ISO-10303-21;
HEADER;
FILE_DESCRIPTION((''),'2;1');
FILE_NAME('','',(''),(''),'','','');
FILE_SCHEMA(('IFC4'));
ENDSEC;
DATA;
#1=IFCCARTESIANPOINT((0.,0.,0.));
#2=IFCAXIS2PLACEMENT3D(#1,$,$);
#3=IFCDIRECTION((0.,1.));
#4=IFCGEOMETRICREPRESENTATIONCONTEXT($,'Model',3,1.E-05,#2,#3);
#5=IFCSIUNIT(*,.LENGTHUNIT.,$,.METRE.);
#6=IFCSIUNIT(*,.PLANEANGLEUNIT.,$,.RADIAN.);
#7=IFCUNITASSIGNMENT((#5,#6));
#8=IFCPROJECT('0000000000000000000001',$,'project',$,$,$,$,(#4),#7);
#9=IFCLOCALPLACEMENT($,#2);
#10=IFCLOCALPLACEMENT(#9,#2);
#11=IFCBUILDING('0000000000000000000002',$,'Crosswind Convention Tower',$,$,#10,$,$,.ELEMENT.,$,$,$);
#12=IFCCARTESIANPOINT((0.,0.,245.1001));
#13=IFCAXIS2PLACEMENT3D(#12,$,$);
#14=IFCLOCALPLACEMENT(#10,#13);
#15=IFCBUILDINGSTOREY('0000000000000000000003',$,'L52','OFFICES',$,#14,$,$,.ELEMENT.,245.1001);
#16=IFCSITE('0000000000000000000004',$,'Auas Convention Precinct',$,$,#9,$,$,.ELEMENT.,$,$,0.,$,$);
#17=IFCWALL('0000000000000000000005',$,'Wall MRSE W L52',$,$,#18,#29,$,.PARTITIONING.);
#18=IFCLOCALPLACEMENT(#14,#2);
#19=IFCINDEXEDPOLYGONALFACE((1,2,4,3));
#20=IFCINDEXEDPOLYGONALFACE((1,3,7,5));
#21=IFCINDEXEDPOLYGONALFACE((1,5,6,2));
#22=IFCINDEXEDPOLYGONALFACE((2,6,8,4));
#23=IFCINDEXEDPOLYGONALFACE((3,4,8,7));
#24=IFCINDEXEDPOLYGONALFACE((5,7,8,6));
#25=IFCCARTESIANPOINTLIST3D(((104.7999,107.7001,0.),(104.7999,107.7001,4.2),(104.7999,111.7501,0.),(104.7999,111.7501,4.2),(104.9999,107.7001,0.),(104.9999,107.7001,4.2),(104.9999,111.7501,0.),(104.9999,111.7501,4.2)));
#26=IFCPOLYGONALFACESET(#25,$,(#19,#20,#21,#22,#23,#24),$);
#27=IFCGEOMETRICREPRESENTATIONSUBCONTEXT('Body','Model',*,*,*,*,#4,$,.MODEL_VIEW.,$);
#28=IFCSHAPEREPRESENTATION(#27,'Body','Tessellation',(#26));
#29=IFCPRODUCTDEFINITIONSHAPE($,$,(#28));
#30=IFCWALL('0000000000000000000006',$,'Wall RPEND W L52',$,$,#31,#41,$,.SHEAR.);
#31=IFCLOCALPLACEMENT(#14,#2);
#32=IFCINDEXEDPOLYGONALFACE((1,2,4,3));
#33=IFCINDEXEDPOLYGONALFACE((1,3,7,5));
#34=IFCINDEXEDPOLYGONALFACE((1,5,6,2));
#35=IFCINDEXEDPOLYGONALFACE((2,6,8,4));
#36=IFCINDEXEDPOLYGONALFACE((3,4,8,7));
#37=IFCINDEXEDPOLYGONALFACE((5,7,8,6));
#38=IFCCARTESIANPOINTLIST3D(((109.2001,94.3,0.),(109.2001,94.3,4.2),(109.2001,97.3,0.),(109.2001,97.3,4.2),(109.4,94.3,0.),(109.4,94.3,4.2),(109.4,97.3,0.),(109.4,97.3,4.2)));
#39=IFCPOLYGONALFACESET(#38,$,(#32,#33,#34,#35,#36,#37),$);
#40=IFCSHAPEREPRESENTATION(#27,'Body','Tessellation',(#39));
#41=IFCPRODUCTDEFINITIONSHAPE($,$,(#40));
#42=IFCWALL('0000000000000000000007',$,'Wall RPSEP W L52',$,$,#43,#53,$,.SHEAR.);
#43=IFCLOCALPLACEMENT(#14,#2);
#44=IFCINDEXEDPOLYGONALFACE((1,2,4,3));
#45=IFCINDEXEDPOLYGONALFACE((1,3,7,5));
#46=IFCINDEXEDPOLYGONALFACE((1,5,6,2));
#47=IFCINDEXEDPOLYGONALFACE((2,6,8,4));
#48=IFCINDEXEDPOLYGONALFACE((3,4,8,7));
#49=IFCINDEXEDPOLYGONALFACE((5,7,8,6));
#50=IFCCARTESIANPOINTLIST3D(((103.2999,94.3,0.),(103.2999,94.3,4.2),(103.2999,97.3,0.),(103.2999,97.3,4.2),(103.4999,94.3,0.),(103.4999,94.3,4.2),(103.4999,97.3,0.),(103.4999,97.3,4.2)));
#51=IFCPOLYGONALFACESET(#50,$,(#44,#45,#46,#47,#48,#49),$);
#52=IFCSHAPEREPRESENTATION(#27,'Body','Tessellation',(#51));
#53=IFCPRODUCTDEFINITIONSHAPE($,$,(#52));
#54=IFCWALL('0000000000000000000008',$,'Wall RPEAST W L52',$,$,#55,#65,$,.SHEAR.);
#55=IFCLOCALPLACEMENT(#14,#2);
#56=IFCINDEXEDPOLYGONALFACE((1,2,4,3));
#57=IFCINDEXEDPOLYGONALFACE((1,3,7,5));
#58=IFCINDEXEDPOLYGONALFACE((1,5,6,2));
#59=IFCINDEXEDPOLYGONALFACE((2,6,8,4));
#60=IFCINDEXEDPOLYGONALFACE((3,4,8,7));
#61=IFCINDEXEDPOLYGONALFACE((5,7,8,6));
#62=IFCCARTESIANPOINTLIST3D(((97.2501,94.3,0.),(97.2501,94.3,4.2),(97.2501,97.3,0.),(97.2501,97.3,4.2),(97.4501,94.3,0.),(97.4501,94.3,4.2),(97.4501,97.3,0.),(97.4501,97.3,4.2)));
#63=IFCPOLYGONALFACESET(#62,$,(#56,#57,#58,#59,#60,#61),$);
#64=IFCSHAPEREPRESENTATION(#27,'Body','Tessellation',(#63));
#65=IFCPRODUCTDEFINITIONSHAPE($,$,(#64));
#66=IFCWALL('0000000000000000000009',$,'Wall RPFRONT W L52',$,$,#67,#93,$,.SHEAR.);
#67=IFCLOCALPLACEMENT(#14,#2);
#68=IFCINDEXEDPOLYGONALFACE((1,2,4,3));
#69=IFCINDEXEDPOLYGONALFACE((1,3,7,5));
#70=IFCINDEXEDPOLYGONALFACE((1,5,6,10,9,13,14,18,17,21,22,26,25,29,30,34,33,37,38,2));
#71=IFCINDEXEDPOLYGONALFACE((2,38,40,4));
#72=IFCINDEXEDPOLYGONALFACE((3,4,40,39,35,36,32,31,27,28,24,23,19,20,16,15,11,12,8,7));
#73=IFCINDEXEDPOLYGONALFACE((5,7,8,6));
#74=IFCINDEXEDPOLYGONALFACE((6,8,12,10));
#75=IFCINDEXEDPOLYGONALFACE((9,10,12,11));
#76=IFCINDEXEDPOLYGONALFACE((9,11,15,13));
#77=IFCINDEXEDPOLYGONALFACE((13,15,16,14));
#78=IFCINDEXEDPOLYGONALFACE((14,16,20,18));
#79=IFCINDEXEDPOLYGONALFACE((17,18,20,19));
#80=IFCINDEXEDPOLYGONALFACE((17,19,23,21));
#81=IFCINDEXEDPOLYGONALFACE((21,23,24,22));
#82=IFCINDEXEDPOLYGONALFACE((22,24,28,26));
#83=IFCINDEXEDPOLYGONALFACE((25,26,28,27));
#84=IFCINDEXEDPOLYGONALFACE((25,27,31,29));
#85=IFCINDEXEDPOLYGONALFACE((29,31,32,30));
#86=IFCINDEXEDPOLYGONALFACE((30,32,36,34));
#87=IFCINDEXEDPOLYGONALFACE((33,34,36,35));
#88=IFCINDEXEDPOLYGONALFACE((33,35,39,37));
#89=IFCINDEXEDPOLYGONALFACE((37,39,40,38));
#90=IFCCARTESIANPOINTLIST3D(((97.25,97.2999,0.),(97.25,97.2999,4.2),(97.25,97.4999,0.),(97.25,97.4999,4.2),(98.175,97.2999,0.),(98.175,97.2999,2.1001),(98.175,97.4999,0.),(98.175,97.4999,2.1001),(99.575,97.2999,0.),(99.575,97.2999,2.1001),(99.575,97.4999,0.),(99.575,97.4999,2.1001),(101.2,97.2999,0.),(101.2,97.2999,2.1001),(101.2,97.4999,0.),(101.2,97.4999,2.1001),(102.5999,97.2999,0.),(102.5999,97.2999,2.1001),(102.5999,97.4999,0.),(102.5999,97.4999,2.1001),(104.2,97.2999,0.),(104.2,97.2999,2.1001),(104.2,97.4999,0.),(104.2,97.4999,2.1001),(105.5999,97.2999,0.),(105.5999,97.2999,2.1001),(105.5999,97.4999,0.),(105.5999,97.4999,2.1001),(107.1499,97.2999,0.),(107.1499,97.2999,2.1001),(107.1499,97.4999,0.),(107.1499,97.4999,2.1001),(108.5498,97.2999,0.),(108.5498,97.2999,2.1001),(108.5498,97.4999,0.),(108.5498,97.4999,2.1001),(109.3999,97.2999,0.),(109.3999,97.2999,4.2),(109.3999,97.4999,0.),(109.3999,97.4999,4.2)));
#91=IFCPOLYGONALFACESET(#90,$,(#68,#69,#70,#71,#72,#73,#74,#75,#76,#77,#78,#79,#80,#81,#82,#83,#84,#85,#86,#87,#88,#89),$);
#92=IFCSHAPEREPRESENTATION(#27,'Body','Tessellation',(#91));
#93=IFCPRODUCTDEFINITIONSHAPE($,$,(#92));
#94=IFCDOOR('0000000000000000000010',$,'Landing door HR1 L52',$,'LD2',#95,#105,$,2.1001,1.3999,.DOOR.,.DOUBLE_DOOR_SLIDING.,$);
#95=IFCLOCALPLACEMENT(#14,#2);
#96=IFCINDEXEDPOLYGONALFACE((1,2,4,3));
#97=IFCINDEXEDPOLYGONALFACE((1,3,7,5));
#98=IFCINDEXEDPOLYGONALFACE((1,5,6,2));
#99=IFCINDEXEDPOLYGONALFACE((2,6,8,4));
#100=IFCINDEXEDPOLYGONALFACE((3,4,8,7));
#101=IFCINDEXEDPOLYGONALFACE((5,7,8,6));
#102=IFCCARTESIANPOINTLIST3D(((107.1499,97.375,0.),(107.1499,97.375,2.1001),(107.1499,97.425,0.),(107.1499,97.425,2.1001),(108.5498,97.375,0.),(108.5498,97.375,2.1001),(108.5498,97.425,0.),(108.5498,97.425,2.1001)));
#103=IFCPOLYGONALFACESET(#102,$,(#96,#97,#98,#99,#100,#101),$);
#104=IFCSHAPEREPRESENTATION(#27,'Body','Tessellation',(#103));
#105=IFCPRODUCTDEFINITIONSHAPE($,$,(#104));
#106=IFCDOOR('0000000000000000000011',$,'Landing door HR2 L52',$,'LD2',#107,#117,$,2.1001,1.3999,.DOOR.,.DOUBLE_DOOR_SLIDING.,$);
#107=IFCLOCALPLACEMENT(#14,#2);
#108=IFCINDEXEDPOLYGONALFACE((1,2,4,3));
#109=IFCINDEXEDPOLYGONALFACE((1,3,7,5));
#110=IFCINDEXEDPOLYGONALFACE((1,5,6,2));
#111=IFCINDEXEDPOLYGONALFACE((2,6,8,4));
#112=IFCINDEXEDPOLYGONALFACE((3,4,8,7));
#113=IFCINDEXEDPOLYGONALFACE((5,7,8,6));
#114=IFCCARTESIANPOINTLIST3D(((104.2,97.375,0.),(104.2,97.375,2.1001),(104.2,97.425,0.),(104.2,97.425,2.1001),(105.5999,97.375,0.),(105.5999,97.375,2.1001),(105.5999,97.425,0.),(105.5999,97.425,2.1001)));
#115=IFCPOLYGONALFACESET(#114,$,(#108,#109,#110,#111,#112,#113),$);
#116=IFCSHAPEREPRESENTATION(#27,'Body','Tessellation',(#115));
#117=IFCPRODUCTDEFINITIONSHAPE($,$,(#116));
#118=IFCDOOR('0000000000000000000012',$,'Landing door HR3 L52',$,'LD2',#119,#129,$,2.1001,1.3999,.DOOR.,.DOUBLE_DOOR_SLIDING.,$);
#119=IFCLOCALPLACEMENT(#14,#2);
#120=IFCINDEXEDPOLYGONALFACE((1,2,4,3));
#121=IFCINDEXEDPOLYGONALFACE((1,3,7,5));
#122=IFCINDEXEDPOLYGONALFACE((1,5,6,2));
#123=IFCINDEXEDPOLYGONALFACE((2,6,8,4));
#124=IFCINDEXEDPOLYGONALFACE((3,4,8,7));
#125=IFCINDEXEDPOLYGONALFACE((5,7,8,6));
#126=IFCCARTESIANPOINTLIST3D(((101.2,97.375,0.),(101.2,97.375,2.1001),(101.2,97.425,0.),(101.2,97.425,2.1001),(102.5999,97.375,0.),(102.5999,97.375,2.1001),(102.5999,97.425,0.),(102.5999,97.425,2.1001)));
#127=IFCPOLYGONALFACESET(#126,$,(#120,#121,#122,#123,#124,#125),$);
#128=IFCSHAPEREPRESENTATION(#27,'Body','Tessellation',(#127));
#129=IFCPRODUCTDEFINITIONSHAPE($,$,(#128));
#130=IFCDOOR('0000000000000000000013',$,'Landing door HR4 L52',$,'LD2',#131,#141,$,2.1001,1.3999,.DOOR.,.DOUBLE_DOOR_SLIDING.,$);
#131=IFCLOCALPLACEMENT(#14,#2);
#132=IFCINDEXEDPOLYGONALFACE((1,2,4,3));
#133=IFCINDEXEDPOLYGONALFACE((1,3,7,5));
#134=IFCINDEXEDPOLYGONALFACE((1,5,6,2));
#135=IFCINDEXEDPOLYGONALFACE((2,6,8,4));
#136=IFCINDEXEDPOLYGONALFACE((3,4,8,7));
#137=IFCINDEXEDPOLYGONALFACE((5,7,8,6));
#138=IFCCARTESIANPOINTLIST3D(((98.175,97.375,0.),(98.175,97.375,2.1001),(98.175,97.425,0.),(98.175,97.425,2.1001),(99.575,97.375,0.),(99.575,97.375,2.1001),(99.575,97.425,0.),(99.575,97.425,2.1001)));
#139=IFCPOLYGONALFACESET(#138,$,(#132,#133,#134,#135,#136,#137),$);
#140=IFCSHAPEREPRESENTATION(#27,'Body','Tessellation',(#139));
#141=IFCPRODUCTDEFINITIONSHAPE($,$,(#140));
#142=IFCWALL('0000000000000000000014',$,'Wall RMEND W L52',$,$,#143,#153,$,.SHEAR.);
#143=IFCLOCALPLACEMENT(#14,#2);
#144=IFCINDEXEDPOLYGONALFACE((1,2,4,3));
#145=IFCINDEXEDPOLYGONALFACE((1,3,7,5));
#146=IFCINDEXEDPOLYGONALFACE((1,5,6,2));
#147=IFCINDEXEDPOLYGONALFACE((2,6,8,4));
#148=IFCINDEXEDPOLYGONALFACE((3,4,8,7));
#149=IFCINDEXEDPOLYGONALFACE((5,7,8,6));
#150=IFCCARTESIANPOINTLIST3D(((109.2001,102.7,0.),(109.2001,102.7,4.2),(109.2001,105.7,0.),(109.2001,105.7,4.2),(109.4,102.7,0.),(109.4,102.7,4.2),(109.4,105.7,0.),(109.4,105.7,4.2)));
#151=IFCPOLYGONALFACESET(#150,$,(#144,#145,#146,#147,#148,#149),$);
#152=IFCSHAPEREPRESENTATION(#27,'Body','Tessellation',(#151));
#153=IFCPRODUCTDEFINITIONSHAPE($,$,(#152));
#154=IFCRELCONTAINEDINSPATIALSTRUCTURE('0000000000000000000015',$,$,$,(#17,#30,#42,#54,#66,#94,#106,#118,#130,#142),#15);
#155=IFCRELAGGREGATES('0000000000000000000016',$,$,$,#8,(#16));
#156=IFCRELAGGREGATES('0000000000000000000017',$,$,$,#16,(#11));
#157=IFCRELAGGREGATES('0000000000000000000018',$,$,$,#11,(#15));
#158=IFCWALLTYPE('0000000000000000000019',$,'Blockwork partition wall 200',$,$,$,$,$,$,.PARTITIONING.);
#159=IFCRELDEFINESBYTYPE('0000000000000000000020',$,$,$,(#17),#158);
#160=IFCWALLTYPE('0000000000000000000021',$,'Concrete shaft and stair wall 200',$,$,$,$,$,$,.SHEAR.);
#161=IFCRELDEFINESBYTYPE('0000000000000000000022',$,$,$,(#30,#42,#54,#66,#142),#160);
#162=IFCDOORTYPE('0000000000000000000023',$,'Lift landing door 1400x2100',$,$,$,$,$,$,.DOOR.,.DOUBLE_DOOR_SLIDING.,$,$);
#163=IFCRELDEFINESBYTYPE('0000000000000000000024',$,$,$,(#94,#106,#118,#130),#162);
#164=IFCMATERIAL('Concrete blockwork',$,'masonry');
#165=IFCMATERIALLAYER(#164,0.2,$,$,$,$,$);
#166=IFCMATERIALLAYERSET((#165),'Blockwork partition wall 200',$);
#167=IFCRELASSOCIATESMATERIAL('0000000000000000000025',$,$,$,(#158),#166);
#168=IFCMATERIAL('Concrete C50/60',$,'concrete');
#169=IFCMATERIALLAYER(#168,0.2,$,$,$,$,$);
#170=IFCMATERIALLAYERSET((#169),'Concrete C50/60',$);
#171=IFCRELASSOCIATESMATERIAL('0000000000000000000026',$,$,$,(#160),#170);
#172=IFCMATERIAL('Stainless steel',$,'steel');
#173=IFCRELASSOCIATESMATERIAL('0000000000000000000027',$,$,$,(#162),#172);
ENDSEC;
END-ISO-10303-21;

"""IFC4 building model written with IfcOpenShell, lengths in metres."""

from ifc_helpers import new_model, si_unit, direction, frame, frame_2d, origin, place, context, subcontext, project, spatial, rectangle, extrude, material, layer, layer_set, type_object, element, fill, save


model = new_model("IFC4")

# Units and contexts
model_context = context("Model", 3, precision=1e-05, world=origin(), true_north=direction((0.0, 1.0)))
body_context = subcontext(model_context, "Body", "Model", "MODEL_VIEW")
ifc_project = project(units=[si_unit("LENGTHUNIT", "METRE"), si_unit("PLANEANGLEUNIT", "RADIAN")], contexts=[model_context])

# Site, building, storey
site_placement = place(None, origin())
site = spatial("IfcSite", under=ifc_project, at=site_placement, Name="Auas Convention Precinct", CompositionType="ELEMENT", RefElevation=0.0)
building_placement = place(site_placement, origin())
building = spatial("IfcBuilding", under=site, at=building_placement, Name="Crosswind Convention Tower", CompositionType="ELEMENT")
storey_placement = place(building_placement, frame((0.0, 0.0, 245.1001)))
storey = spatial("IfcBuildingStorey", under=building, at=storey_placement, Name="L52", Description="OFFICES", CompositionType="ELEMENT", Elevation=245.1001)

# Walls
ifc_material_1 = material(Name="Concrete blockwork", Category="masonry")
ifc_layer_1 = layer(ifc_material_1, 0.2)
ifc_layer_set_1 = layer_set([ifc_layer_1], Name="Blockwork partition wall 200")
wall_type_1 = type_object("IfcWallType", Name="Blockwork partition wall 200", PredefinedType="PARTITIONING", material=ifc_layer_set_1)
wall_1_placement = place(storey_placement, frame((104.8999, 111.75, 0.0), z_axis=(0.0, 0.0, 1.0), x_axis=(0.0, -1.0, 0.0)))
element("IfcWall", 1, at=wall_1_placement, inside=storey, type_object=wall_type_1, Name="Wall MRSE W L52", PredefinedType="PARTITIONING", context=body_context, shape_type="SweptSolid", body=[
    extrude(rectangle(XDim=4.05, YDim=0.2, at=frame_2d((2.0249, 0.0))), origin(), (0.0, 0.0, 1.0), 4.2),
])
ifc_material_2 = material(Name="Concrete C50/60", Category="concrete")
ifc_layer_2 = layer(ifc_material_2, 0.2)
ifc_layer_set_2 = layer_set([ifc_layer_2], Name="Concrete C50/60")
wall_type_2 = type_object("IfcWallType", Name="Concrete shaft and stair wall 200", PredefinedType="SHEAR", material=ifc_layer_set_2)
for number, where, z_axis, x_axis, name in (
    (2, (109.3, 97.3, 0.0), (0.0, 0.0, 1.0), (0.0, -1.0, 0.0), "Wall RPEND W L52"),
    (3, (103.3999, 97.3, 0.0), (0.0, 0.0, 1.0), (0.0, -1.0, 0.0), "Wall RPSEP W L52"),
    (4, (97.3501, 97.3, 0.0), (0.0, 0.0, 1.0), (0.0, -1.0, 0.0), "Wall RPEAST W L52"),
):
    element("IfcWall", number, at=place(storey_placement, frame(where, z_axis=z_axis, x_axis=x_axis)), inside=storey, type_object=wall_type_2, Name=name, PredefinedType="SHEAR", context=body_context, shape_type="SweptSolid", body=[
        extrude(rectangle(XDim=3.0, YDim=0.2, at=frame_2d((1.5, 0.0))), origin(), (0.0, 0.0, 1.0), 4.2),
    ])

# Wall, openings, doors
wall_2_placement = place(storey_placement, frame((109.3999, 97.3999, 0.0), z_axis=(0.0, 0.0, 1.0), x_axis=(-1.0, 0.0, 0.0)))
wall_2 = element("IfcWall", 5, at=wall_2_placement, inside=storey, type_object=wall_type_2, Name="Wall RPFRONT W L52", PredefinedType="SHEAR", context=body_context, shape_type="SweptSolid", body=[
    extrude(rectangle(XDim=12.1499, YDim=0.2, at=frame_2d((6.075, 0.0))), origin(), (0.0, 0.0, 1.0), 4.2),
])
opening_1_placement = place(wall_2_placement, frame((0.8501, 0.0, 0.0)))
opening_1 = element("IfcOpeningElement", 6, at=opening_1_placement, cuts=wall_2, PredefinedType="OPENING", context=body_context, shape_type="SweptSolid", body=[
    extrude(rectangle(XDim=1.3999, YDim=2.1001, at=frame_2d((0.7, 1.05))), frame((0.0, 0.1099, 0.0), z_axis=(0.0, -1.0, 0.0), x_axis=(1.0, 0.0, 0.0)), (0.0, 0.0, 1.0), 0.22),
])
opening_2_placement = place(wall_2_placement, frame((3.8, 0.0, 0.0)))
opening_2 = element("IfcOpeningElement", 7, at=opening_2_placement, cuts=wall_2, PredefinedType="OPENING", context=body_context, shape_type="SweptSolid", body=[
    extrude(rectangle(XDim=1.3999, YDim=2.1001, at=frame_2d((0.7, 1.05))), frame((0.0, 0.1099, 0.0), z_axis=(0.0, -1.0, 0.0), x_axis=(1.0, 0.0, 0.0)), (0.0, 0.0, 1.0), 0.22),
])
opening_3_placement = place(wall_2_placement, frame((6.8, 0.0, 0.0)))
opening_3 = element("IfcOpeningElement", 8, at=opening_3_placement, cuts=wall_2, PredefinedType="OPENING", context=body_context, shape_type="SweptSolid", body=[
    extrude(rectangle(XDim=1.3999, YDim=2.1001, at=frame_2d((0.7, 1.05))), frame((0.0, 0.1099, 0.0), z_axis=(0.0, -1.0, 0.0), x_axis=(1.0, 0.0, 0.0)), (0.0, 0.0, 1.0), 0.22),
])
opening_4_placement = place(wall_2_placement, frame((9.825, 0.0, 0.0)))
opening_4 = element("IfcOpeningElement", 9, at=opening_4_placement, cuts=wall_2, PredefinedType="OPENING", context=body_context, shape_type="SweptSolid", body=[
    extrude(rectangle(XDim=1.3999, YDim=2.1001, at=frame_2d((0.7, 1.05))), frame((0.0, 0.1099, 0.0), z_axis=(0.0, -1.0, 0.0), x_axis=(1.0, 0.0, 0.0)), (0.0, 0.0, 1.0), 0.22),
])
ifc_material_3 = material(Name="Stainless steel", Category="steel")
door_type_1 = type_object("IfcDoorType", Name="Lift landing door 1400x2100", OperationType="DOUBLE_DOOR_SLIDING", PredefinedType="DOOR", material=ifc_material_3)
door_1_placement = place(opening_1_placement, origin())
door_1 = element("IfcDoor", 10, at=door_1_placement, inside=storey, type_object=door_type_1, Name="Landing door HR1 L52", ObjectType="LD2", OperationType="DOUBLE_DOOR_SLIDING", OverallHeight=2.1001, OverallWidth=1.3999, PredefinedType="DOOR", context=body_context, shape_type="SweptSolid", body=[
    extrude(rectangle(XDim=1.3999, YDim=2.1001, at=frame_2d((0.7, 1.05))), frame((0.0, 0.0249, 0.0), z_axis=(0.0, -1.0, 0.0), x_axis=(1.0, 0.0, 0.0)), (0.0, 0.0, 1.0), 0.05),
])
fill(opening_1, door_1)
door_2_placement = place(opening_2_placement, origin())
door_2 = element("IfcDoor", 11, at=door_2_placement, inside=storey, type_object=door_type_1, Name="Landing door HR2 L52", ObjectType="LD2", OperationType="DOUBLE_DOOR_SLIDING", OverallHeight=2.1001, OverallWidth=1.3999, PredefinedType="DOOR", context=body_context, shape_type="SweptSolid", body=[
    extrude(rectangle(XDim=1.3999, YDim=2.1001, at=frame_2d((0.7, 1.05))), frame((0.0, 0.0249, 0.0), z_axis=(0.0, -1.0, 0.0), x_axis=(1.0, 0.0, 0.0)), (0.0, 0.0, 1.0), 0.05),
])
fill(opening_2, door_2)
door_3_placement = place(opening_3_placement, origin())
door_3 = element("IfcDoor", 12, at=door_3_placement, inside=storey, type_object=door_type_1, Name="Landing door HR3 L52", ObjectType="LD2", OperationType="DOUBLE_DOOR_SLIDING", OverallHeight=2.1001, OverallWidth=1.3999, PredefinedType="DOOR", context=body_context, shape_type="SweptSolid", body=[
    extrude(rectangle(XDim=1.3999, YDim=2.1001, at=frame_2d((0.7, 1.05))), frame((0.0, 0.0249, 0.0), z_axis=(0.0, -1.0, 0.0), x_axis=(1.0, 0.0, 0.0)), (0.0, 0.0, 1.0), 0.05),
])
fill(opening_3, door_3)
door_4_placement = place(opening_4_placement, origin())
door_4 = element("IfcDoor", 13, at=door_4_placement, inside=storey, type_object=door_type_1, Name="Landing door HR4 L52", ObjectType="LD2", OperationType="DOUBLE_DOOR_SLIDING", OverallHeight=2.1001, OverallWidth=1.3999, PredefinedType="DOOR", context=body_context, shape_type="SweptSolid", body=[
    extrude(rectangle(XDim=1.3999, YDim=2.1001, at=frame_2d((0.7, 1.05))), frame((0.0, 0.0249, 0.0), z_axis=(0.0, -1.0, 0.0), x_axis=(1.0, 0.0, 0.0)), (0.0, 0.0, 1.0), 0.05),
])
fill(opening_4, door_4)

# Wall
wall_3_placement = place(storey_placement, frame((109.3, 105.7, 0.0), z_axis=(0.0, 0.0, 1.0), x_axis=(0.0, -1.0, 0.0)))
element("IfcWall", 14, at=wall_3_placement, inside=storey, type_object=wall_type_2, Name="Wall RMEND W L52", PredefinedType="SHEAR", context=body_context, shape_type="SweptSolid", body=[
    extrude(rectangle(XDim=3.0, YDim=0.2, at=frame_2d((1.5, 0.0))), origin(), (0.0, 0.0, 1.0), 4.2),
])

save(model, "model.ifc")
